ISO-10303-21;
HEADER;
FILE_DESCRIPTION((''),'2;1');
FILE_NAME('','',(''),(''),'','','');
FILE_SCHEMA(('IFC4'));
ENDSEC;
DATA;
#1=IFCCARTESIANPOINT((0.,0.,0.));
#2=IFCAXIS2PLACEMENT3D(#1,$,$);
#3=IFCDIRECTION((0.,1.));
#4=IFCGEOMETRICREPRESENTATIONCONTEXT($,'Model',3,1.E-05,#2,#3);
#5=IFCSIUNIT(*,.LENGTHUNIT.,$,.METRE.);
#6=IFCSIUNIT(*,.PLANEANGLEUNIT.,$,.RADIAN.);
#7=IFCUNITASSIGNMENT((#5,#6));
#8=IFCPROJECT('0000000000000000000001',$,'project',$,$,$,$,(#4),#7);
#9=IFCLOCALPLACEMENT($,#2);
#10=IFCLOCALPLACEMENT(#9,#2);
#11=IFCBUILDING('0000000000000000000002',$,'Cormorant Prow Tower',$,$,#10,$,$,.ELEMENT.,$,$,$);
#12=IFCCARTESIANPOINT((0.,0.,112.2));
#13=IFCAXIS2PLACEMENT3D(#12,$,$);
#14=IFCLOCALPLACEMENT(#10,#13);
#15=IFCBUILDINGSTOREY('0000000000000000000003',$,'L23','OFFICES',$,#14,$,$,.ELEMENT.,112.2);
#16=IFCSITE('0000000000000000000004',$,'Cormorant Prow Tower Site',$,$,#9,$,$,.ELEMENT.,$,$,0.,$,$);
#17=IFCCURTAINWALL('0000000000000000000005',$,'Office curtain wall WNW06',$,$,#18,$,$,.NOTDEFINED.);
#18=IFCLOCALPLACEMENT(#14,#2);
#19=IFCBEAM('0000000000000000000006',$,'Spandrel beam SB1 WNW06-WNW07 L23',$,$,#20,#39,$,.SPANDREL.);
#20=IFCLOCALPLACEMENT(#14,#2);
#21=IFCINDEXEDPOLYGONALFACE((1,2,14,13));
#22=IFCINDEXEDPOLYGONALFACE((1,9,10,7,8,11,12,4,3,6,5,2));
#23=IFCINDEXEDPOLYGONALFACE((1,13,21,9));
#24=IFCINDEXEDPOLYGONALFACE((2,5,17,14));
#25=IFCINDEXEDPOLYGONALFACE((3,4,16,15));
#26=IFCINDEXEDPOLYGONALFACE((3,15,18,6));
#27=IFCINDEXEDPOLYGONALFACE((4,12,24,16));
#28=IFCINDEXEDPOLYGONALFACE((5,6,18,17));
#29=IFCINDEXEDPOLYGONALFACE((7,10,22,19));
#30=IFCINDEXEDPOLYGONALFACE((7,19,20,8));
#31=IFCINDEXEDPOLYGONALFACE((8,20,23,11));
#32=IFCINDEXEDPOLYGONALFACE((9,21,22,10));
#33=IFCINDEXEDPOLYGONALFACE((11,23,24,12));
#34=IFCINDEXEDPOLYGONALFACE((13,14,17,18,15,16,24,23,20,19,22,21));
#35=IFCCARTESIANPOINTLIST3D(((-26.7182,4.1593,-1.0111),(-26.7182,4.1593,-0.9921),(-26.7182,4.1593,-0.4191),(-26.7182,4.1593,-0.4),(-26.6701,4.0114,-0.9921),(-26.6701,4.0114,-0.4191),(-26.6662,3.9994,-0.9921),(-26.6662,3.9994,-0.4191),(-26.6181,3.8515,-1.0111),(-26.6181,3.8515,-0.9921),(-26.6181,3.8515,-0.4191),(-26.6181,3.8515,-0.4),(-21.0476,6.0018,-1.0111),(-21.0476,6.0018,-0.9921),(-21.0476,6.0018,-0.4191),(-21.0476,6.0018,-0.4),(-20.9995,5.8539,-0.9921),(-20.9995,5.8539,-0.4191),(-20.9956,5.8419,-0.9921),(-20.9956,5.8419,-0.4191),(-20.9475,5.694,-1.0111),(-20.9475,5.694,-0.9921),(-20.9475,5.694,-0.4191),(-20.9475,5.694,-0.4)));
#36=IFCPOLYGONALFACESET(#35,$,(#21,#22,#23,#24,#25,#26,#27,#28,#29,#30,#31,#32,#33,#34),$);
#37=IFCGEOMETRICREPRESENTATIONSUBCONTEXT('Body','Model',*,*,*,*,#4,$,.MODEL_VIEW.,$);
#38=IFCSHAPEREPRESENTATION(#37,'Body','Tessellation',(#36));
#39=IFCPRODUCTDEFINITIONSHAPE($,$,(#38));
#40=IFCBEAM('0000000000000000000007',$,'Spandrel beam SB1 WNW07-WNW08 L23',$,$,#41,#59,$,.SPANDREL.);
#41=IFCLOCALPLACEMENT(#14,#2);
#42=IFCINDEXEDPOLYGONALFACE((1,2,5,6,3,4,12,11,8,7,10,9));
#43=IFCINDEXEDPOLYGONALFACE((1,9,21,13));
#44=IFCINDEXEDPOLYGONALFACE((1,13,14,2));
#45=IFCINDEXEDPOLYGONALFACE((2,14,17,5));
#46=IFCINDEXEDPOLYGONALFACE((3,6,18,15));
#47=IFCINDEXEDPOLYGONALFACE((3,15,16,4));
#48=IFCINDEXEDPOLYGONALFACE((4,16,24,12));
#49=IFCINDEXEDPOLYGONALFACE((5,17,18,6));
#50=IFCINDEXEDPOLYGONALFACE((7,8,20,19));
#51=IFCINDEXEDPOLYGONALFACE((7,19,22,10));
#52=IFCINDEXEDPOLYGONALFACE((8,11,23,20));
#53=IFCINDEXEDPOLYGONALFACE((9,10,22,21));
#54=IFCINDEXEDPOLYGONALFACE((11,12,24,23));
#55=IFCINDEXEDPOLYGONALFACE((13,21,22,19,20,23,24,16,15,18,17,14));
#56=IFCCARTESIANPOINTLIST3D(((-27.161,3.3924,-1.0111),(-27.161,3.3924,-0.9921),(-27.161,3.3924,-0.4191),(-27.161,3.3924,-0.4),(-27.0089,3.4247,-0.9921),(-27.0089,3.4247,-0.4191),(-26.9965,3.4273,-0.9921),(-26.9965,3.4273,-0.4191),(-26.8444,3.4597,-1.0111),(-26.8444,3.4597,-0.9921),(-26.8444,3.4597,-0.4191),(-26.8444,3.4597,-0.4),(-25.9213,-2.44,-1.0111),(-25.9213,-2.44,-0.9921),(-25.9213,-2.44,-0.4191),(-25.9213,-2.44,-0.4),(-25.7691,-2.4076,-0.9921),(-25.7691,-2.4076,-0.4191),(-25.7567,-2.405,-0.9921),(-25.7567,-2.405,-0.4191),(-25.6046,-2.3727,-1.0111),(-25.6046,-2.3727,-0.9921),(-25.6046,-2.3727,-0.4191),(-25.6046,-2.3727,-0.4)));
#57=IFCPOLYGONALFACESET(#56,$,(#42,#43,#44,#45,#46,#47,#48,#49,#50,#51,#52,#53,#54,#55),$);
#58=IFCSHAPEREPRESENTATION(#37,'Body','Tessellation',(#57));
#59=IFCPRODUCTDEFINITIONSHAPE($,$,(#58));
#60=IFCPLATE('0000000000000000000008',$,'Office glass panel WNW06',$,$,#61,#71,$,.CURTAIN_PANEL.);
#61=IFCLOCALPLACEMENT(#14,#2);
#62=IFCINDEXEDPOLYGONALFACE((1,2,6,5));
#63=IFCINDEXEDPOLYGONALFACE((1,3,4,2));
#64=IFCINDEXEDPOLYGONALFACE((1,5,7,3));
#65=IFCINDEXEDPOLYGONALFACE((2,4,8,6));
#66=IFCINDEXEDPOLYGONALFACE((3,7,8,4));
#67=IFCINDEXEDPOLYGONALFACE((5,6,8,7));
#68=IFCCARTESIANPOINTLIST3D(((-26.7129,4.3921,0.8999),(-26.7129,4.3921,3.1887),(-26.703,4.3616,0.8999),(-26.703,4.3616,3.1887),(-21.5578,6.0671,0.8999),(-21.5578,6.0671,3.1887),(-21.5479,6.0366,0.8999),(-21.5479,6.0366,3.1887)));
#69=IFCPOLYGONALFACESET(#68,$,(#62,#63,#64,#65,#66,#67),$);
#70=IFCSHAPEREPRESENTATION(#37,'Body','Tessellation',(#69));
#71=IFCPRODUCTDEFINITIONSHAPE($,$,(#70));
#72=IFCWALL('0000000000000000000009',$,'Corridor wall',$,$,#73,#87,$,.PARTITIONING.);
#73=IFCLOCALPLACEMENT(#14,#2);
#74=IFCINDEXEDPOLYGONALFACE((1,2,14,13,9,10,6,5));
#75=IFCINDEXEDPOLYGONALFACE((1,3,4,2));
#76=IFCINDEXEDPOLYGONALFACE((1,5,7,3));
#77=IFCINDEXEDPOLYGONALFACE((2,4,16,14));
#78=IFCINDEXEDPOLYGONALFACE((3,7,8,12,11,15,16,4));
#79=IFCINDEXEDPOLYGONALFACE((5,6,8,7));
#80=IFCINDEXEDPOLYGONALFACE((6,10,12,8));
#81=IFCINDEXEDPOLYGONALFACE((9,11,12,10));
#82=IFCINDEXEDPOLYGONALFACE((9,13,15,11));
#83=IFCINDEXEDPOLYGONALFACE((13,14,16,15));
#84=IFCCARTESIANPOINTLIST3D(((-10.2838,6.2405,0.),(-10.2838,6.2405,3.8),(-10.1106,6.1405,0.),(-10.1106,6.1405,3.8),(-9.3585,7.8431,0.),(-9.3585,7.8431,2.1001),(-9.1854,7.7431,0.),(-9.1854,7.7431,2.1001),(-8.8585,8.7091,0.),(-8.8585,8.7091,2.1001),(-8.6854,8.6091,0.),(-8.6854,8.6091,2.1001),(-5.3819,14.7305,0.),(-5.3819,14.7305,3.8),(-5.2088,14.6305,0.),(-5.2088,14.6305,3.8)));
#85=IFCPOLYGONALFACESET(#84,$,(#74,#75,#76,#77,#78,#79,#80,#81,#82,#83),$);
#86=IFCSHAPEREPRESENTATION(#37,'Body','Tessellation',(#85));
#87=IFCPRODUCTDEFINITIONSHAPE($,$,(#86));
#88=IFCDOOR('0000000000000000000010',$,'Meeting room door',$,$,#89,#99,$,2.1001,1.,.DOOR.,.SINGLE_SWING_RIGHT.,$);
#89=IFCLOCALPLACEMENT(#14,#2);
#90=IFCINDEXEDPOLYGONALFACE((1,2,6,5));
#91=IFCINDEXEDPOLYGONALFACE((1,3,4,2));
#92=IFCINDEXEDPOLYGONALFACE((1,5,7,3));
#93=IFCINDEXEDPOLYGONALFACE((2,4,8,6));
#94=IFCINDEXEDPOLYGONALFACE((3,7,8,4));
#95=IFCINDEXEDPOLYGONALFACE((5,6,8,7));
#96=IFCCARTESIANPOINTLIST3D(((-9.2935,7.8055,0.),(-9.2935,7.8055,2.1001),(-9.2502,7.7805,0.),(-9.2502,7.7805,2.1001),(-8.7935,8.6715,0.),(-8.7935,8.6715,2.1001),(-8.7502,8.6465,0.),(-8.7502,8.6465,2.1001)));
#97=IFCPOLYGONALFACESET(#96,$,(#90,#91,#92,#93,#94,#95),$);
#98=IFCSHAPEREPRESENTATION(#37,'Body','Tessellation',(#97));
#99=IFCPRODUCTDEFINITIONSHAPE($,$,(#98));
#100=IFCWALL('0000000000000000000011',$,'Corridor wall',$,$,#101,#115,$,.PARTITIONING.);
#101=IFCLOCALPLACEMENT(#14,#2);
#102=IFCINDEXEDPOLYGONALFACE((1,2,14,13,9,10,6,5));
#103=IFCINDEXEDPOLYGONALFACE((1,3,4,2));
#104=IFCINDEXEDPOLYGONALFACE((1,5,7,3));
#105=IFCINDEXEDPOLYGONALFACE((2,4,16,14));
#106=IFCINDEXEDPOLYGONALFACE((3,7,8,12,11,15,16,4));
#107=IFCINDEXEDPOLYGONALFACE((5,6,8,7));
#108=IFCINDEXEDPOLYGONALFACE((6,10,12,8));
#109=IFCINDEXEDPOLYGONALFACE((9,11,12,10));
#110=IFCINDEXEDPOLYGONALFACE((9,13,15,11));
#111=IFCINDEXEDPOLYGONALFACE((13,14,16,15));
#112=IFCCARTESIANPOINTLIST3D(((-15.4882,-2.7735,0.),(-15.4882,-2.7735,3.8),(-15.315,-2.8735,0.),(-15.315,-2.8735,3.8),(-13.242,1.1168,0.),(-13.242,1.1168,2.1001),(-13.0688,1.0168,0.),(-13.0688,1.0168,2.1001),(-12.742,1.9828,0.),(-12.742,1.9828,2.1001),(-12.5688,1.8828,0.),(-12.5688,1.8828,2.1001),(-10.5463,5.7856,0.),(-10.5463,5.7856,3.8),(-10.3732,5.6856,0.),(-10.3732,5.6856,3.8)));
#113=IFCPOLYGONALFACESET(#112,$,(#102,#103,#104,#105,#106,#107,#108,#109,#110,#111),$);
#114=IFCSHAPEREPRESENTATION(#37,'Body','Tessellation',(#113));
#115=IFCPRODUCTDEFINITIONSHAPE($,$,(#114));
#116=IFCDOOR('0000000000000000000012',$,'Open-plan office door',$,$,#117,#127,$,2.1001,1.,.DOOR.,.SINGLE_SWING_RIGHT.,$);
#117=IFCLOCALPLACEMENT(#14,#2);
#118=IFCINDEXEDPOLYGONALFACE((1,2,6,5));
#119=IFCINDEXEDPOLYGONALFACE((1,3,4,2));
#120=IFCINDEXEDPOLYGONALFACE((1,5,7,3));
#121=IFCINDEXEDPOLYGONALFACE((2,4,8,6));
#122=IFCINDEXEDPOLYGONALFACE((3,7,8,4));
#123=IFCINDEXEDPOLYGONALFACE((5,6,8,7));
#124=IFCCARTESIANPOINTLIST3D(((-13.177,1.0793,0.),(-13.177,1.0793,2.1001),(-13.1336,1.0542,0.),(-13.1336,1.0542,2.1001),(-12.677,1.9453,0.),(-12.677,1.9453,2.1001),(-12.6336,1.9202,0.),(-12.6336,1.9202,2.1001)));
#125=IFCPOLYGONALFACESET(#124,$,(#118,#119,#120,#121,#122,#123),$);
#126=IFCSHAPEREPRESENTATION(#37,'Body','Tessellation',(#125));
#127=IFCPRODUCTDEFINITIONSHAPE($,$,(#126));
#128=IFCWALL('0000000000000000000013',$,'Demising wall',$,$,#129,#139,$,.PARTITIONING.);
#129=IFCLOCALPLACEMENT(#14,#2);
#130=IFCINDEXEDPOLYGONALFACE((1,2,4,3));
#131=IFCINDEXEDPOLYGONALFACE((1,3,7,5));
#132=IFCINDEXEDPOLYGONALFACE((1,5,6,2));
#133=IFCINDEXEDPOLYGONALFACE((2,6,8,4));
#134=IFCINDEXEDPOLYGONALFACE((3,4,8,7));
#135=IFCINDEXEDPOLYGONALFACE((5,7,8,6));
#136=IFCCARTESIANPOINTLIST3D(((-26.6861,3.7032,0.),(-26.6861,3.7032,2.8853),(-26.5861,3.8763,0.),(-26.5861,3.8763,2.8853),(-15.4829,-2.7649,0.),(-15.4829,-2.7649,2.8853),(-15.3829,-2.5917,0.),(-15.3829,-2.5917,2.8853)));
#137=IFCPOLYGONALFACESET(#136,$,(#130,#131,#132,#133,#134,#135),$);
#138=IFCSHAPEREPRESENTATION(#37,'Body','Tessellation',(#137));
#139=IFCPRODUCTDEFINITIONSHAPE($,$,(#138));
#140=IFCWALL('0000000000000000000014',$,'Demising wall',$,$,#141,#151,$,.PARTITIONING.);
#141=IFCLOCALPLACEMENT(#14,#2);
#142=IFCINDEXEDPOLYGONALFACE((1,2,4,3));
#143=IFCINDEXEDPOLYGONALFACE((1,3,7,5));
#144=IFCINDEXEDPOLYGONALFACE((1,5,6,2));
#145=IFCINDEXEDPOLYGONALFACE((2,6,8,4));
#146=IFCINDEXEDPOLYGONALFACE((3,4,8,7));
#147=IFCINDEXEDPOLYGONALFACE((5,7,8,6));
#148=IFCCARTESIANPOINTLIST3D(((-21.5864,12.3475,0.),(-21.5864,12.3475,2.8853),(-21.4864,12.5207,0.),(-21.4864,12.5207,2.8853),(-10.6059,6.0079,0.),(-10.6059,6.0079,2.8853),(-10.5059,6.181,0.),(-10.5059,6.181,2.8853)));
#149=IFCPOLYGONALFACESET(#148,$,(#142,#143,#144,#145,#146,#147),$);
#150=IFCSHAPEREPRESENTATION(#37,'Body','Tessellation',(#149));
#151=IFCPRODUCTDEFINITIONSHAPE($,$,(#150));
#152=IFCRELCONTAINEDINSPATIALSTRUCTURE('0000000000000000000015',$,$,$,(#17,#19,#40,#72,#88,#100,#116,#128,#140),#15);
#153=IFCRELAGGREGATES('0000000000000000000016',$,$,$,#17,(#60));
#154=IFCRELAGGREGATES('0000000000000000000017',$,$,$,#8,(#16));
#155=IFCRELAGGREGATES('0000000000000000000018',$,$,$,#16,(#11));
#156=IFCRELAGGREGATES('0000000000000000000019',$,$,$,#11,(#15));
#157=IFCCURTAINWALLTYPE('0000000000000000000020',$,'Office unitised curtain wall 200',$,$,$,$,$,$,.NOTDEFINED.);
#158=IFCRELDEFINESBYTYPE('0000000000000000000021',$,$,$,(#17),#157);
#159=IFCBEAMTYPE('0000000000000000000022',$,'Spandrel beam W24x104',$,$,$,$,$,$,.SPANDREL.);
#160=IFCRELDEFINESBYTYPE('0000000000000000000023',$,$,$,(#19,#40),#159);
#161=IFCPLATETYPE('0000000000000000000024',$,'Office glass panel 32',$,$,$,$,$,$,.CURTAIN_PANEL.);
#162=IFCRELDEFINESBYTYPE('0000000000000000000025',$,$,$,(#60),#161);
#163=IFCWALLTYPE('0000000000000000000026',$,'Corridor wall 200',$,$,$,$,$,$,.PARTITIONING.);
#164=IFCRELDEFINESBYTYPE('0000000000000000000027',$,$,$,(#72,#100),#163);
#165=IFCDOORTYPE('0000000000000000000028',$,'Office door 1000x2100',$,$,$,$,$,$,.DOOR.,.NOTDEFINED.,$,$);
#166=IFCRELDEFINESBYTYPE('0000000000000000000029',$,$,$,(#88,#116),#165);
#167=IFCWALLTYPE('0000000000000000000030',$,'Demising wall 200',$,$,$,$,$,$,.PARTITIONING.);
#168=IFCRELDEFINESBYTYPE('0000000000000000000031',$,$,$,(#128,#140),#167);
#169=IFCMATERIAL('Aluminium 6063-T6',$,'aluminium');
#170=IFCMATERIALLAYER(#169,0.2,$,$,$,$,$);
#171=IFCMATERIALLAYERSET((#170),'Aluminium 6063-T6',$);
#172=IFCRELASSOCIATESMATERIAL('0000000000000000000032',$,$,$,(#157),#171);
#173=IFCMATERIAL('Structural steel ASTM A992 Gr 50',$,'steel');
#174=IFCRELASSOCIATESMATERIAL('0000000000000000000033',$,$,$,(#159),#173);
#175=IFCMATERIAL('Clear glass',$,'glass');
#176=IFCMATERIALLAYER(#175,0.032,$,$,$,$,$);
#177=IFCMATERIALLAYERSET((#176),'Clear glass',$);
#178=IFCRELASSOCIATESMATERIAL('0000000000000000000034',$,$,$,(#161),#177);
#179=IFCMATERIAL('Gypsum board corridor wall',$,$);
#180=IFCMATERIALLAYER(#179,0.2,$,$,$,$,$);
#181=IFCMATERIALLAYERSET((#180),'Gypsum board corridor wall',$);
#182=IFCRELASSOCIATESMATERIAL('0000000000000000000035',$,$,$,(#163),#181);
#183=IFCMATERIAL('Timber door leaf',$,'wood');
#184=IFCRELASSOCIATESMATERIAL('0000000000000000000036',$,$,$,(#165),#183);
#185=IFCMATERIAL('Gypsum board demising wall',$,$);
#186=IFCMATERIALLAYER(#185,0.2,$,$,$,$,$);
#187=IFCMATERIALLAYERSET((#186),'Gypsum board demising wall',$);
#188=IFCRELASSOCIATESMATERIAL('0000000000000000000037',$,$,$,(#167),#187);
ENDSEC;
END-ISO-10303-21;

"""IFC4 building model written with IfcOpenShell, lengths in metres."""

from ifc_helpers import new_model, si_unit, direction, frame, frame_2d, origin, origin_2d, place, context, subcontext, project, spatial, rectangle, i_section, extrude, material, layer, layer_set, material_profile, profile_set, type_object, element, fill, aggregate, save


model = new_model("IFC4")

# Units and contexts
model_context = context("Model", 3, precision=1e-05, world=origin(), true_north=direction((0.0, 1.0)))
body_context = subcontext(model_context, "Body", "Model", "MODEL_VIEW")
ifc_project = project(units=[si_unit("LENGTHUNIT", "METRE"), si_unit("PLANEANGLEUNIT", "RADIAN")], contexts=[model_context])

# Site, building, storey
site_placement = place(None, origin())
site = spatial("IfcSite", under=ifc_project, at=site_placement, Name="Cormorant Prow Tower Site", CompositionType="ELEMENT", RefElevation=0.0)
building_placement = place(site_placement, origin())
building = spatial("IfcBuilding", under=site, at=building_placement, Name="Cormorant Prow Tower", CompositionType="ELEMENT")
storey_placement = place(building_placement, frame((0.0, 0.0, 112.2)))
storey = spatial("IfcBuildingStorey", under=building, at=storey_placement, Name="L23", Description="OFFICES", CompositionType="ELEMENT", Elevation=112.2)

# Curtain wall
ifc_material_1 = material(Name="Aluminium 6063-T6", Category="aluminium")
ifc_layer_1 = layer(ifc_material_1, 0.2)
ifc_layer_set_1 = layer_set([ifc_layer_1], Name="Aluminium 6063-T6")
curtain_wall_type = type_object("IfcCurtainWallType", Name="Office unitised curtain wall 200", PredefinedType="NOTDEFINED", material=ifc_layer_set_1)
curtain_wall_1_placement = place(storey_placement, origin())
curtain_wall_1 = element("IfcCurtainWall", 1, at=curtain_wall_1_placement, inside=storey, type_object=curtain_wall_type, Name="Office curtain wall WNW06", PredefinedType="NOTDEFINED")

# Beams
ifc_material_2 = material(Name="Structural steel ASTM A992 Gr 50", Category="steel")
ifc_material_profile_1 = material_profile(ifc_material_2, i_section(OverallWidth=0.3237, OverallDepth=0.6111, WebThickness=0.0127, FlangeThickness=0.019, at=origin_2d()), Name="W24x104")
ifc_profile_set_1 = profile_set([ifc_material_profile_1], Name="Structural steel ASTM A992 Gr 50")
beam_type_1 = type_object("IfcBeamType", Name="Spandrel beam W24x104", PredefinedType="SPANDREL", material=ifc_profile_set_1)
beam_1_placement = place(storey_placement, frame((-20.9976, 5.8479, -0.7056), z_axis=(-0.951055, -0.30902, 0.0), x_axis=(0.30902, -0.951055, 0.0)))
element("IfcBeam", 2, at=beam_1_placement, inside=storey, type_object=beam_type_1, Name="Spandrel beam SB1 WNW06-WNW07 L23", PredefinedType="SPANDREL", context=body_context, shape_type="SweptSolid", body=[
    extrude(i_section(OverallWidth=0.3237, OverallDepth=0.6111, WebThickness=0.0127, FlangeThickness=0.019, at=origin_2d()), origin(), (0.0, 0.0, 1.0), 5.9624),
])
beam_2_placement = place(storey_placement, frame((-27.0027, 3.426, -0.7056), z_axis=(0.207921, -0.978146, 0.0), x_axis=(0.978146, 0.207921, 0.0)))
element("IfcBeam", 3, at=beam_2_placement, inside=storey, type_object=beam_type_1, Name="Spandrel beam SB1 WNW07-WNW08 L23", PredefinedType="SPANDREL", context=body_context, shape_type="SweptSolid", body=[
    extrude(i_section(OverallWidth=0.3237, OverallDepth=0.6111, WebThickness=0.0127, FlangeThickness=0.019, at=origin_2d()), origin(), (0.0, 0.0, 1.0), 5.9626),
])

# Plate
ifc_material_3 = material(Name="Clear glass", Category="glass")
ifc_layer_2 = layer(ifc_material_3, 0.032)
ifc_layer_set_2 = layer_set([ifc_layer_2], Name="Clear glass")
plate_type = type_object("IfcPlateType", Name="Office glass panel 32", PredefinedType="CURTAIN_PANEL", material=ifc_layer_set_2)
plate_placement = place(storey_placement, frame((-24.1304, 5.2144, 0.8999), z_axis=(0.0, 0.0, 1.0), x_axis=(-0.951057, -0.309017, 0.0)))
plate = element("IfcPlate", 4, at=plate_placement, type_object=plate_type, Name="Office glass panel WNW06", PredefinedType="CURTAIN_PANEL", context=body_context, shape_type="SweptSolid", body=[
    extrude(rectangle(XDim=5.4204, YDim=0.032, at=origin_2d()), origin(), (0.0, 0.0, 1.0), 2.2888),
])
aggregate(curtain_wall_1, [plate])

# Walls, openings, doors
ifc_material_4 = material(Name="Gypsum board corridor wall")
ifc_layer_3 = layer(ifc_material_4, 0.2)
ifc_layer_set_3 = layer_set([ifc_layer_3], Name="Gypsum board corridor wall")
wall_type_1 = type_object("IfcWallType", Name="Corridor wall 200", PredefinedType="PARTITIONING", material=ifc_layer_set_3)
wall_1_placement = place(storey_placement, frame((-10.1973, 6.1904, 0.0), z_axis=(0.0, 0.0, 1.0), x_axis=(0.500012, 0.866018, 0.0)))
wall_1 = element("IfcWall", 5, at=wall_1_placement, inside=storey, type_object=wall_type_1, Name="Corridor wall", PredefinedType="PARTITIONING", context=body_context, shape_type="SweptSolid", body=[
    extrude(rectangle(XDim=9.8035, YDim=0.2, at=frame_2d((4.9019, 0.0))), origin(), (0.0, 0.0, 1.0), 3.8),
])
opening_1_placement = place(wall_1_placement, frame((1.8506, 0.0, 0.0)))
opening_1 = element("IfcOpeningElement", 6, at=opening_1_placement, cuts=wall_1, PredefinedType="OPENING", context=body_context, shape_type="SweptSolid", body=[
    extrude(rectangle(XDim=1.0, YDim=2.1001, at=frame_2d((0.5, 1.05))), frame((0.0, 0.1099, 0.0), z_axis=(0.0, -1.0, 0.0), x_axis=(1.0, 0.0, 0.0)), (0.0, 0.0, 1.0), 0.22),
])
ifc_material_5 = material(Name="Timber door leaf", Category="wood")
door_type_1 = type_object("IfcDoorType", Name="Office door 1000x2100", OperationType="NOTDEFINED", PredefinedType="DOOR", material=ifc_material_5)
door_1_placement = place(opening_1_placement, origin())
door_1 = element("IfcDoor", 7, at=door_1_placement, inside=storey, type_object=door_type_1, Name="Meeting room door", OperationType="SINGLE_SWING_RIGHT", OverallHeight=2.1001, OverallWidth=1.0, PredefinedType="DOOR", context=body_context, shape_type="SweptSolid", body=[
    extrude(rectangle(XDim=1.0, YDim=2.1001, at=frame_2d((0.5, 1.05))), frame((0.0, 0.0249, 0.0), z_axis=(0.0, -1.0, 0.0), x_axis=(1.0, 0.0, 0.0)), (0.0, 0.0, 1.0), 0.05),
])
fill(opening_1, door_1)
wall_2_placement = place(storey_placement, frame((-15.4016, -2.8235, 0.0), z_axis=(0.0, 0.0, 1.0), x_axis=(0.500023, 0.866012, 0.0)))
wall_2 = element("IfcWall", 8, at=wall_2_placement, inside=storey, type_object=wall_type_1, Name="Corridor wall", PredefinedType="PARTITIONING", context=body_context, shape_type="SweptSolid", body=[
    extrude(rectangle(XDim=9.8833, YDim=0.2, at=frame_2d((4.9417, 0.0))), origin(), (0.0, 0.0, 1.0), 3.8),
])
opening_2_placement = place(wall_2_placement, frame((4.4922, 0.0, 0.0)))
opening_2 = element("IfcOpeningElement", 9, at=opening_2_placement, cuts=wall_2, PredefinedType="OPENING", context=body_context, shape_type="SweptSolid", body=[
    extrude(rectangle(XDim=1.0, YDim=2.1001, at=frame_2d((0.5, 1.05))), frame((0.0, 0.1099, 0.0), z_axis=(0.0, -1.0, 0.0), x_axis=(1.0, 0.0, 0.0)), (0.0, 0.0, 1.0), 0.22),
])
door_2_placement = place(opening_2_placement, origin())
door_2 = element("IfcDoor", 10, at=door_2_placement, inside=storey, type_object=door_type_1, Name="Open-plan office door", OperationType="SINGLE_SWING_RIGHT", OverallHeight=2.1001, OverallWidth=1.0, PredefinedType="DOOR", context=body_context, shape_type="SweptSolid", body=[
    extrude(rectangle(XDim=1.0, YDim=2.1001, at=frame_2d((0.5, 1.05))), frame((0.0, 0.0249, 0.0), z_axis=(0.0, -1.0, 0.0), x_axis=(1.0, 0.0, 0.0)), (0.0, 0.0, 1.0), 0.05),
])
fill(opening_2, door_2)

# Walls
ifc_material_6 = material(Name="Gypsum board demising wall")
ifc_layer_4 = layer(ifc_material_6, 0.2)
ifc_layer_set_4 = layer_set([ifc_layer_4], Name="Gypsum board demising wall")
wall_type_2 = type_object("IfcWallType", Name="Demising wall 200", PredefinedType="PARTITIONING", material=ifc_layer_set_4)
wall_3_placement = place(storey_placement, frame((-26.6362, 3.7898, 0.0), z_axis=(0.0, 0.0, 1.0), x_axis=(0.866029, -0.499994, 0.0)))
element("IfcWall", 11, at=wall_3_placement, inside=storey, type_object=wall_type_2, Name="Demising wall", PredefinedType="PARTITIONING", context=body_context, shape_type="SweptSolid", body=[
    extrude(rectangle(XDim=12.9363, YDim=0.2, at=frame_2d((6.4683, 0.0))), origin(), (0.0, 0.0, 1.0), 2.8853),
])
wall_4_placement = place(storey_placement, frame((-21.5364, 12.4341, 0.0), z_axis=(0.0, 0.0, 1.0), x_axis=(0.866025, -0.500001, 0.0)))
element("IfcWall", 12, at=wall_4_placement, inside=storey, type_object=wall_type_2, Name="Demising wall", PredefinedType="PARTITIONING", context=body_context, shape_type="SweptSolid", body=[
    extrude(rectangle(XDim=12.6792, YDim=0.2, at=frame_2d((6.3396, 0.0))), origin(), (0.0, 0.0, 1.0), 2.8853),
])

save(model, "model.ifc")
